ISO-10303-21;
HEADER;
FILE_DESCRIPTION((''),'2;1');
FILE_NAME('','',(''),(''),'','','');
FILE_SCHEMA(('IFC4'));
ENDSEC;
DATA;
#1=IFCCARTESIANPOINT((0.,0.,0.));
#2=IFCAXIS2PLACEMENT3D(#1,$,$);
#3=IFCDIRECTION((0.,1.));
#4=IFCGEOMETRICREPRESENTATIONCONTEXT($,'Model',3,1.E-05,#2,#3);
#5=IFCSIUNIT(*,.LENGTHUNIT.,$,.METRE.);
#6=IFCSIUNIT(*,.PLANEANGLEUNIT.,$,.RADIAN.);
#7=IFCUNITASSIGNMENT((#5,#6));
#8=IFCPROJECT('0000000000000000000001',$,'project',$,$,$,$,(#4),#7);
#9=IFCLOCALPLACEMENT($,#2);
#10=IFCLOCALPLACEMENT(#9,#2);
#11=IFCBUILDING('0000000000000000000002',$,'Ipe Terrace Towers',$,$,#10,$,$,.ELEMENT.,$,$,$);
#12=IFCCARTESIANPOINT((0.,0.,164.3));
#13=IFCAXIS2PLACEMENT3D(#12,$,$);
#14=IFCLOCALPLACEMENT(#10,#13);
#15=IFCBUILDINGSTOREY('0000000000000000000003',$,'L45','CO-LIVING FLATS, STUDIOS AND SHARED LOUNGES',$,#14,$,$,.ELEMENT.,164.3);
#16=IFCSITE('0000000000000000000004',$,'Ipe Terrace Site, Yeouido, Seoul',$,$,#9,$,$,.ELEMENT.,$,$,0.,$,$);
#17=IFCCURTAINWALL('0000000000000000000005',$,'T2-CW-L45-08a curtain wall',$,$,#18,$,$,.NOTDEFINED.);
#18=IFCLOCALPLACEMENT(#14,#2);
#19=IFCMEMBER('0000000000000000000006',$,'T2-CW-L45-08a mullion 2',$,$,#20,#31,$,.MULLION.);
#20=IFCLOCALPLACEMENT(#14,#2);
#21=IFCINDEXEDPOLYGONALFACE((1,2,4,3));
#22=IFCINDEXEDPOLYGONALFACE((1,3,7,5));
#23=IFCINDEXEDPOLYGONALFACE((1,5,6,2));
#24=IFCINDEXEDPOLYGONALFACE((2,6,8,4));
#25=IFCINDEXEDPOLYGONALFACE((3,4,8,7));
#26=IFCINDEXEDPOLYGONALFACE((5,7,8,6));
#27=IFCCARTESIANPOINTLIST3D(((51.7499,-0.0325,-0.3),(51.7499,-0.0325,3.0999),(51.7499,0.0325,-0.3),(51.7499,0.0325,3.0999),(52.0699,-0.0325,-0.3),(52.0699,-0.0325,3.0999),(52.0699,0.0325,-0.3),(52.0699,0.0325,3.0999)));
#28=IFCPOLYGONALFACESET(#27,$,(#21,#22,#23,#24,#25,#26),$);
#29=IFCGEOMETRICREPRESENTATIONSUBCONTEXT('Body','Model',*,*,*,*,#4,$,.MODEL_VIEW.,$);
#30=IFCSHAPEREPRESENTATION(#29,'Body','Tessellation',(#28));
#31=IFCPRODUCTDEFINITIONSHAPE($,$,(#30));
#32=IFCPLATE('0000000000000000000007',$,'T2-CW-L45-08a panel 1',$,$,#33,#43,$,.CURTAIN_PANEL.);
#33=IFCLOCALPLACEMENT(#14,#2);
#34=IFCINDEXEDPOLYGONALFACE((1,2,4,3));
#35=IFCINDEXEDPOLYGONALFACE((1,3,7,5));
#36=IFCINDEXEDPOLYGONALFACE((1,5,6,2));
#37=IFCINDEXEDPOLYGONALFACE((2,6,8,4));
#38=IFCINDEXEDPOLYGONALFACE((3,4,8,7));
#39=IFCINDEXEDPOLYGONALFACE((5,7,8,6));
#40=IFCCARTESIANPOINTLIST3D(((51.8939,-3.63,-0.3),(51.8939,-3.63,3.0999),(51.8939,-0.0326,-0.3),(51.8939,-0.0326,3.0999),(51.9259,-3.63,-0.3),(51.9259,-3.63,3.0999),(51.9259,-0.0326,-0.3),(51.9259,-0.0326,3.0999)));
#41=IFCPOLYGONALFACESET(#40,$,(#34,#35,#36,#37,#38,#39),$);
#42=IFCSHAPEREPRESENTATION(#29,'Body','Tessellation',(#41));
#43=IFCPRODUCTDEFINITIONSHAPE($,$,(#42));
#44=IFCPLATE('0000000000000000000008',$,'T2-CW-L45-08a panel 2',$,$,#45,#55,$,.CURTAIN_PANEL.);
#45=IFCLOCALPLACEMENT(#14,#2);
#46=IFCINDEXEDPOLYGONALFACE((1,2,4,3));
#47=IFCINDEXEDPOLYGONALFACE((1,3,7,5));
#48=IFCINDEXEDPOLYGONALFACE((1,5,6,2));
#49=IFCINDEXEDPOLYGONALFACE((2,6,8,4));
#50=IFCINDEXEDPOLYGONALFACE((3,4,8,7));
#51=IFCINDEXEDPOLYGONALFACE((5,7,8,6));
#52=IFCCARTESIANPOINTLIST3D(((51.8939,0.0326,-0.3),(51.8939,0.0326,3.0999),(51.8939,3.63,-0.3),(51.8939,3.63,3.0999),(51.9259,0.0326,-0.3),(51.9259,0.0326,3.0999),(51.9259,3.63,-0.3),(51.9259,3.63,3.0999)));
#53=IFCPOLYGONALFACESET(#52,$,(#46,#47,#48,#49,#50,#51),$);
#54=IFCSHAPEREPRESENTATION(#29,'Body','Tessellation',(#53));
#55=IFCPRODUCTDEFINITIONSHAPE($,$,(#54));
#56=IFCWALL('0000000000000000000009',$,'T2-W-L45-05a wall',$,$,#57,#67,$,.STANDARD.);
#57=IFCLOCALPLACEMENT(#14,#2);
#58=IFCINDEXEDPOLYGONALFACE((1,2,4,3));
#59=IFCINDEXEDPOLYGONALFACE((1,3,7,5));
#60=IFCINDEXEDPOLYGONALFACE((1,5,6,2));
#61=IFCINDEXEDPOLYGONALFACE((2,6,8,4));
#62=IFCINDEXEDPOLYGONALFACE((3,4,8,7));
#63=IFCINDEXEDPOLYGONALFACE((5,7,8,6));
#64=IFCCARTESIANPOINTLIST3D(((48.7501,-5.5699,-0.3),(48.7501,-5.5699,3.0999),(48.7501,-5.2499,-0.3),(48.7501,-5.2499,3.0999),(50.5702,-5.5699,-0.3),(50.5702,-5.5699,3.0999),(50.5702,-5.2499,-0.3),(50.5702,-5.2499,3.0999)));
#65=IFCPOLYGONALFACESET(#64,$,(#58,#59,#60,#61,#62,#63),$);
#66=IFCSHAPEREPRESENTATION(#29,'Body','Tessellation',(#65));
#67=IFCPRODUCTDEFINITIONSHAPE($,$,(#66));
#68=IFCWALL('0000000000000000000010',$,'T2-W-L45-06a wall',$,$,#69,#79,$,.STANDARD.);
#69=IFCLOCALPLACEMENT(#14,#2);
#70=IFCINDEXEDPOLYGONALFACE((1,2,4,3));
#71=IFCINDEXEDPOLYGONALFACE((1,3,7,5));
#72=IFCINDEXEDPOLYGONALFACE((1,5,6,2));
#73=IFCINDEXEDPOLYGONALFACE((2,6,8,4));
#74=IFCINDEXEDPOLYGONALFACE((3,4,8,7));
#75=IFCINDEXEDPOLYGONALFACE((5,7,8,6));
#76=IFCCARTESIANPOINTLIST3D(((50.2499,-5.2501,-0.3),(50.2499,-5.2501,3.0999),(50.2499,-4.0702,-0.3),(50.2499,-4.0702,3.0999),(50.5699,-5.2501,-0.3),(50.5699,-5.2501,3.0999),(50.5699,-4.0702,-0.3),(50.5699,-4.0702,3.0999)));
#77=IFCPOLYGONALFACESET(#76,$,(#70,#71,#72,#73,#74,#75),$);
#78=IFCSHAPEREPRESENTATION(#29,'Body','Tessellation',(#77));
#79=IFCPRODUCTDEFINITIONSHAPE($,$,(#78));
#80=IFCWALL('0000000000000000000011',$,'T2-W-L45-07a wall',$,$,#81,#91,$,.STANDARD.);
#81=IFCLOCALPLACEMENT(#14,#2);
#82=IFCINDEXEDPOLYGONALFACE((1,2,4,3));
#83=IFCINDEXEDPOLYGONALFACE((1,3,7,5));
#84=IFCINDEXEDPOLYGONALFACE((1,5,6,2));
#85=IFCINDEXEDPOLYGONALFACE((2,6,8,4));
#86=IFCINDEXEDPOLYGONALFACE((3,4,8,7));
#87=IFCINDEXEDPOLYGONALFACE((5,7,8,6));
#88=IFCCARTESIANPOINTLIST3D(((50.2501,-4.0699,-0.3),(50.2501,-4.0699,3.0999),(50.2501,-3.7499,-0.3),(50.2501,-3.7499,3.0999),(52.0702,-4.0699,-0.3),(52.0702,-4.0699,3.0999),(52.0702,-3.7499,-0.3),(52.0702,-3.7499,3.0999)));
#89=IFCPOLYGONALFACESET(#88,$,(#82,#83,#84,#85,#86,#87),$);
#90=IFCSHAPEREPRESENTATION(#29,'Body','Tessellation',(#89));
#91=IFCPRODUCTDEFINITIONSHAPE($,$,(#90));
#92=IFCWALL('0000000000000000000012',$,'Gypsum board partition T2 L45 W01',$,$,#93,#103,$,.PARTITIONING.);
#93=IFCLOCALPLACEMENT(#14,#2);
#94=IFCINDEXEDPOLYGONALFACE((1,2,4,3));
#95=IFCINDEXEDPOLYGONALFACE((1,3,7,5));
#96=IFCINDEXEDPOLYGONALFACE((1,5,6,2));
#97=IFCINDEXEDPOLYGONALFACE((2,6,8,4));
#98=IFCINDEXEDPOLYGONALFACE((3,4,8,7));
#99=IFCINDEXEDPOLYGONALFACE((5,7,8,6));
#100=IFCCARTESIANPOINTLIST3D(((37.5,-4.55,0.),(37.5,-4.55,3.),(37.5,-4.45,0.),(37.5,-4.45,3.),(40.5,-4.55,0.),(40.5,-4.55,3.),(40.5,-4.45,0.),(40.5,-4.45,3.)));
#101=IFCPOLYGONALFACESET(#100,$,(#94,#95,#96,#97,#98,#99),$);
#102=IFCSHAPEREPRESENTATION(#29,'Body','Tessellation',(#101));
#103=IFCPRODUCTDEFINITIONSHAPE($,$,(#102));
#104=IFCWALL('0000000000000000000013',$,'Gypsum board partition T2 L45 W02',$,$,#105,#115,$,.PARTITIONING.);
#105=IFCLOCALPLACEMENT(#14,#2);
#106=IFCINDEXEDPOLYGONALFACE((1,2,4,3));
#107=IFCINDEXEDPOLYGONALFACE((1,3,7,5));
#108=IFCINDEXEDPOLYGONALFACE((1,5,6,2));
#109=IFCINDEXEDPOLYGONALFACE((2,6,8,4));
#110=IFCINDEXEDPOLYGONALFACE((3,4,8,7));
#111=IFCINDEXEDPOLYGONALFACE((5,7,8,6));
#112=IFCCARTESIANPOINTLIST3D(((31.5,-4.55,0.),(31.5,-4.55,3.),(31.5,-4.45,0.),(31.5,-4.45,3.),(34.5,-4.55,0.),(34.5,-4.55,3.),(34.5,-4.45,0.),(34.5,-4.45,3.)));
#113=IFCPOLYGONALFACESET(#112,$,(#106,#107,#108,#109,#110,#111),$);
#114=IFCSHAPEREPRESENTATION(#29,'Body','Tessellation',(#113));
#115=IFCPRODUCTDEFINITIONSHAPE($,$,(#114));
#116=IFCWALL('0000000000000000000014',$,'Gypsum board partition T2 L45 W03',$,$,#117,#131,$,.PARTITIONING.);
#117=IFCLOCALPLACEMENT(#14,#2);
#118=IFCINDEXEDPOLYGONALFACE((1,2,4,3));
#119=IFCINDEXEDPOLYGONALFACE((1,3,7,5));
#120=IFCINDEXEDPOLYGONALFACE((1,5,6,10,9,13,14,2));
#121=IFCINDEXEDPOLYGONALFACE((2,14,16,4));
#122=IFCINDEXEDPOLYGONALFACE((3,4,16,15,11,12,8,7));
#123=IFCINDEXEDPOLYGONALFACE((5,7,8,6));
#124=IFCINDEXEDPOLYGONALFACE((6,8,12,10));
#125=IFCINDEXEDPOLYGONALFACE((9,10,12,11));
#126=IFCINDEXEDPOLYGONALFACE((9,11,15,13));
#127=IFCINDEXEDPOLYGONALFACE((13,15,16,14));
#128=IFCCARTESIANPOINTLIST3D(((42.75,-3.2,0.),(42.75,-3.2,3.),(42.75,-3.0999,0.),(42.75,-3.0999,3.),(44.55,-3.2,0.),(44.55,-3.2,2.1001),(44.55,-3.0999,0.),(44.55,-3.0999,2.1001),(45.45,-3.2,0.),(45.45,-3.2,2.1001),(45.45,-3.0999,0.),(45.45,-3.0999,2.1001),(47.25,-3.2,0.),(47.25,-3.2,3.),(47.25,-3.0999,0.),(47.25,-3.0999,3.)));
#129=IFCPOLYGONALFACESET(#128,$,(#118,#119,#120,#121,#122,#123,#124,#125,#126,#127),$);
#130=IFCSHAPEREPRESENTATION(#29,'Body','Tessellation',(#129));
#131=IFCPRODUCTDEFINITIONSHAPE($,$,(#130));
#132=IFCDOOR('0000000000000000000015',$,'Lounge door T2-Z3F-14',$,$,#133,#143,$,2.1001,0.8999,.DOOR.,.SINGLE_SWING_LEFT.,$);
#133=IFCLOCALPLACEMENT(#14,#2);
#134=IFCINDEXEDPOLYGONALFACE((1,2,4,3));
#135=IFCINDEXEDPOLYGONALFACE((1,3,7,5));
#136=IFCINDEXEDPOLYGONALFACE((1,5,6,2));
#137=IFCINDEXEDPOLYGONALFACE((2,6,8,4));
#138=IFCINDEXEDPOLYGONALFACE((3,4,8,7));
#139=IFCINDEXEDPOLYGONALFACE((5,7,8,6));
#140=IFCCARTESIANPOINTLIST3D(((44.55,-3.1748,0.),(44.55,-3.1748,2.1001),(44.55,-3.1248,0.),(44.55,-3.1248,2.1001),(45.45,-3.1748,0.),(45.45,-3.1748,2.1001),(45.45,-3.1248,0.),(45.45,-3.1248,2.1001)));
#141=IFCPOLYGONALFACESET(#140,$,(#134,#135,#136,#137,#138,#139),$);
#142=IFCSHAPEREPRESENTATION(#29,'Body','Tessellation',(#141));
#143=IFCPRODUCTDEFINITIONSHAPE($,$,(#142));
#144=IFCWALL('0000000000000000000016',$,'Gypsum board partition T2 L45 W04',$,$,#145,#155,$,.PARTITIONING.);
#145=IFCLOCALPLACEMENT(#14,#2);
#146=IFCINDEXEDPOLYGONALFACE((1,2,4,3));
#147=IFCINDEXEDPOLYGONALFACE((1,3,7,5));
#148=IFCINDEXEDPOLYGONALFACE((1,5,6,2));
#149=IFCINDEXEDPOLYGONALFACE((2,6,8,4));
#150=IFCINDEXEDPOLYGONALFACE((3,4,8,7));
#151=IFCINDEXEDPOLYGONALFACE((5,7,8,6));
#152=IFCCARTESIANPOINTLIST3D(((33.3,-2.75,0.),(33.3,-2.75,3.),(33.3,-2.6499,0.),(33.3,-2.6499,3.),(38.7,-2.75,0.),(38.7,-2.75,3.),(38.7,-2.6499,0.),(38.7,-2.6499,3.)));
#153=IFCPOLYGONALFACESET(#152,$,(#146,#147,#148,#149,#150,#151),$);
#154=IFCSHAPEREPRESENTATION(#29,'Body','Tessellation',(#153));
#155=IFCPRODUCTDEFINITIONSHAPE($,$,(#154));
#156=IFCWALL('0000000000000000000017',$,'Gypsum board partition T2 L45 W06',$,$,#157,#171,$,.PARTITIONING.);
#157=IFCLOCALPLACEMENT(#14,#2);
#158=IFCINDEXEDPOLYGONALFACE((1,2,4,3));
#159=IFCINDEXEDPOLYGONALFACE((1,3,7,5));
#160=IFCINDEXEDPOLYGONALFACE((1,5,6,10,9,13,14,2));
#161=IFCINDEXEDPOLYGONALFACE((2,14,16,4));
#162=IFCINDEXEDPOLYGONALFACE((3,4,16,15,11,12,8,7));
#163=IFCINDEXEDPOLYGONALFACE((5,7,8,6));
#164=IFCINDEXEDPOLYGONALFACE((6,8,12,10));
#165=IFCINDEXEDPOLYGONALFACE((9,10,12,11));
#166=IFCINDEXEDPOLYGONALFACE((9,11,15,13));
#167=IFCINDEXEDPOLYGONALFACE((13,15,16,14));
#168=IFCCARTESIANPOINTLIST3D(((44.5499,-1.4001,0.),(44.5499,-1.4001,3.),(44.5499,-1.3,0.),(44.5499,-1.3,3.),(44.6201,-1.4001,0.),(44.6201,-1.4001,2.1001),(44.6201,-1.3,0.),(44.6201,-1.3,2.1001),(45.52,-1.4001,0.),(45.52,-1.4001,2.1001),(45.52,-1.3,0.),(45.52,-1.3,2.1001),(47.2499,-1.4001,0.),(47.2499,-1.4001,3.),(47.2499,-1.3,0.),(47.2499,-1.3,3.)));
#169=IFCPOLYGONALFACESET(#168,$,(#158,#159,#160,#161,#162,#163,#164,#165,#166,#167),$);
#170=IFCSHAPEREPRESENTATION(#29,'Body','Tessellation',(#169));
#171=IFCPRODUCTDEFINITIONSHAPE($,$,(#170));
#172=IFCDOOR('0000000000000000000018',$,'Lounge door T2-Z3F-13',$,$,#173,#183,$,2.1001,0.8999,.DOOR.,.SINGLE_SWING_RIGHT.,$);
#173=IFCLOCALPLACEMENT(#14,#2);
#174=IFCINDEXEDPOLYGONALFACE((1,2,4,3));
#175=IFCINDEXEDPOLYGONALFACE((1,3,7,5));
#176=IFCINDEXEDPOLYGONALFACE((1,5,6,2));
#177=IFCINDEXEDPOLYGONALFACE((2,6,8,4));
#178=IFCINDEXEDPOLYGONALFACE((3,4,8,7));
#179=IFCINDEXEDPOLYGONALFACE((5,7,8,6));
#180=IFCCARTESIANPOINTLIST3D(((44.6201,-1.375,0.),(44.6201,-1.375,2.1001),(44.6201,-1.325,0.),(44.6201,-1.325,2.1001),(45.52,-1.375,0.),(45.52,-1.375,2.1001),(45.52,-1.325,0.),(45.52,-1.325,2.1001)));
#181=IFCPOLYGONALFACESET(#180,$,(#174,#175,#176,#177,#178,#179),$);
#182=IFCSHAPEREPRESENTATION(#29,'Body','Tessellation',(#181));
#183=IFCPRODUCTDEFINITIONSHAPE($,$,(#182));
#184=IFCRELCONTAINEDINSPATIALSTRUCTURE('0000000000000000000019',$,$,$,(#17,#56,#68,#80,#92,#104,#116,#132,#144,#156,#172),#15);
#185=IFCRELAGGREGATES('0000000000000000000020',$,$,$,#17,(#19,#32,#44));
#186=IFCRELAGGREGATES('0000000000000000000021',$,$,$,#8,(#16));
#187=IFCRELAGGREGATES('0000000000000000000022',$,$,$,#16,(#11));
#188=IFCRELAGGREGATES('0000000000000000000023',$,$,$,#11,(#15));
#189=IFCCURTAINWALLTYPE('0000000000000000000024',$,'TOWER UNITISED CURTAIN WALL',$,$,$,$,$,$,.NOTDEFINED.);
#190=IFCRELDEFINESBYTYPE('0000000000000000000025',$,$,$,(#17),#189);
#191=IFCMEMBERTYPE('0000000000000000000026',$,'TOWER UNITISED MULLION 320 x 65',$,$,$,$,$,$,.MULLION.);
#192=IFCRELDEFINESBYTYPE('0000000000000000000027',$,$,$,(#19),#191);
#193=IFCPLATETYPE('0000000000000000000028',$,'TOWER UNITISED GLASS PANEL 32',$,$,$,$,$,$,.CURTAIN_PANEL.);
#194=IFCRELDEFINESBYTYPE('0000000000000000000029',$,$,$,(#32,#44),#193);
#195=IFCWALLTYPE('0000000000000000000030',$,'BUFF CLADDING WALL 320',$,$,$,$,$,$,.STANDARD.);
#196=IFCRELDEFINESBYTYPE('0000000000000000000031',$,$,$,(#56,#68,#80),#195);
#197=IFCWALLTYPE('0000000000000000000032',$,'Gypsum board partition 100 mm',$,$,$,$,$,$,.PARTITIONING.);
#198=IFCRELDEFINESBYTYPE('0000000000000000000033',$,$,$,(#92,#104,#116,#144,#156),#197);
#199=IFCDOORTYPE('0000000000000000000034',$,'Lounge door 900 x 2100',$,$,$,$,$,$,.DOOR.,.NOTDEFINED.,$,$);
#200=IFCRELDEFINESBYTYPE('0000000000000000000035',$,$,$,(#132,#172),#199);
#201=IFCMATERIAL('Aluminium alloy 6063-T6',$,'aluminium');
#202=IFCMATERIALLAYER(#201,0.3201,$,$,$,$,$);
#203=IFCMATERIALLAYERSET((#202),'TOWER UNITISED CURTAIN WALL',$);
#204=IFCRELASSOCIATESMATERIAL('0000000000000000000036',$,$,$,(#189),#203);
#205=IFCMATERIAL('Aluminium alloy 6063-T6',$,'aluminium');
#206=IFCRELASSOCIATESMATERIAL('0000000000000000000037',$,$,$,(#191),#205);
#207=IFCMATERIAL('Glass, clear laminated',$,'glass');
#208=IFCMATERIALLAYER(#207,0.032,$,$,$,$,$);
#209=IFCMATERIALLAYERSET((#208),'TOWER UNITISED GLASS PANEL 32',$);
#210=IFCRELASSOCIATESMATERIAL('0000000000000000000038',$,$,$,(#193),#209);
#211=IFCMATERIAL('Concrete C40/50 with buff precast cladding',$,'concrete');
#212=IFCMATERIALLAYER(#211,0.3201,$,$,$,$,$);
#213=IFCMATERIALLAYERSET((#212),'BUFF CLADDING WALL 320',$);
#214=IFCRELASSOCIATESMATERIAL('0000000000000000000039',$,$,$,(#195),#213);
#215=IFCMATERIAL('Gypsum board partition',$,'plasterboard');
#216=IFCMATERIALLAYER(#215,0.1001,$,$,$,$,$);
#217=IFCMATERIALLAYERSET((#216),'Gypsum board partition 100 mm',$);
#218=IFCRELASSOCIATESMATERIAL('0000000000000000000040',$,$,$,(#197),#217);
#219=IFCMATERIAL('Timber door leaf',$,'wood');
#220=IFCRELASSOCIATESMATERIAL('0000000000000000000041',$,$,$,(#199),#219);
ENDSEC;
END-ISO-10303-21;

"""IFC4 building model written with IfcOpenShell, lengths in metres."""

from ifc_helpers import new_model, si_unit, direction, frame, frame_2d, origin, origin_2d, place, context, subcontext, project, spatial, rectangle, extrude, material, layer, layer_set, material_profile, profile_set, type_object, element, fill, aggregate, save


model = new_model("IFC4")

# Units and contexts
model_context = context("Model", 3, precision=1e-05, world=origin(), true_north=direction((0.0, 1.0)))
body_context = subcontext(model_context, "Body", "Model", "MODEL_VIEW")
ifc_project = project(units=[si_unit("LENGTHUNIT", "METRE"), si_unit("PLANEANGLEUNIT", "RADIAN")], contexts=[model_context])

# Site, building, storey
site_placement = place(None, origin())
site = spatial("IfcSite", under=ifc_project, at=site_placement, Name="Ipe Terrace Site, Yeouido, Seoul", CompositionType="ELEMENT", RefElevation=0.0)
building_placement = place(site_placement, origin())
building = spatial("IfcBuilding", under=site, at=building_placement, Name="Ipe Terrace Towers", CompositionType="ELEMENT")
storey_placement = place(building_placement, frame((0.0, 0.0, 164.3)))
storey = spatial("IfcBuildingStorey", under=building, at=storey_placement, Name="L45", Description="CO-LIVING FLATS, STUDIOS AND SHARED LOUNGES", CompositionType="ELEMENT", Elevation=164.3)

# Curtain wall, member, plates
ifc_material_1 = material(Name="Aluminium alloy 6063-T6", Category="aluminium")
ifc_layer_1 = layer(ifc_material_1, 0.3201)
ifc_layer_set_1 = layer_set([ifc_layer_1], Name="TOWER UNITISED CURTAIN WALL")
curtain_wall_type = type_object("IfcCurtainWallType", Name="TOWER UNITISED CURTAIN WALL", PredefinedType="NOTDEFINED", material=ifc_layer_set_1)
curtain_wall_placement = place(storey_placement, origin())
curtain_wall = element("IfcCurtainWall", 1, at=curtain_wall_placement, inside=storey, type_object=curtain_wall_type, Name="T2-CW-L45-08a curtain wall", PredefinedType="NOTDEFINED")
ifc_material_2 = material(Name="Aluminium alloy 6063-T6", Category="aluminium")
ifc_material_profile_1 = material_profile(ifc_material_2, rectangle(XDim=0.3201, YDim=0.0649, at=origin_2d()), Name="TOWER UNITISED MULLION 320 x 65")
ifc_profile_set_1 = profile_set([ifc_material_profile_1], Name="Aluminium alloy 6063-T6")
member_type_1 = type_object("IfcMemberType", Name="TOWER UNITISED MULLION 320 x 65", PredefinedType="MULLION", material=ifc_profile_set_1)
member_1_placement = place(storey_placement, frame((51.9099, 0.0, -0.3), z_axis=(0.0, 0.0, 1.0), x_axis=(1.0, 0.0, 0.0)))
member_1 = element("IfcMember", 2, at=member_1_placement, type_object=member_type_1, Name="T2-CW-L45-08a mullion 2", PredefinedType="MULLION", context=body_context, shape_type="SweptSolid", body=[
    extrude(rectangle(XDim=0.3201, YDim=0.0649, at=origin_2d()), origin(), (0.0, 0.0, 1.0), 3.3999),
])
ifc_material_3 = material(Name="Glass, clear laminated", Category="glass")
ifc_layer_2 = layer(ifc_material_3, 0.032)
ifc_layer_set_2 = layer_set([ifc_layer_2], Name="TOWER UNITISED GLASS PANEL 32")
plate_type = type_object("IfcPlateType", Name="TOWER UNITISED GLASS PANEL 32", PredefinedType="CURTAIN_PANEL", material=ifc_layer_set_2)
plate_1_placement = place(storey_placement, frame((51.9099, -1.8313, -0.3), z_axis=(0.0, 0.0, 1.0), x_axis=(0.0, 1.0, 0.0)))
plate_1 = element("IfcPlate", 3, at=plate_1_placement, type_object=plate_type, Name="T2-CW-L45-08a panel 1", PredefinedType="CURTAIN_PANEL", context=body_context, shape_type="SweptSolid", body=[
    extrude(rectangle(XDim=3.5974, YDim=0.032, at=origin_2d()), origin(), (0.0, 0.0, 1.0), 3.3999),
])
plate_2_placement = place(storey_placement, frame((51.9099, 1.8313, -0.3), z_axis=(0.0, 0.0, 1.0), x_axis=(0.0, 1.0, 0.0)))
plate_2 = element("IfcPlate", 4, at=plate_2_placement, type_object=plate_type, Name="T2-CW-L45-08a panel 2", PredefinedType="CURTAIN_PANEL", context=body_context, shape_type="SweptSolid", body=[
    extrude(rectangle(XDim=3.5974, YDim=0.032, at=origin_2d()), origin(), (0.0, 0.0, 1.0), 3.3999),
])
aggregate(curtain_wall, [member_1, plate_1, plate_2])

# Walls
ifc_material_4 = material(Name="Concrete C40/50 with buff precast cladding", Category="concrete")
ifc_layer_3 = layer(ifc_material_4, 0.3201)
ifc_layer_set_3 = layer_set([ifc_layer_3], Name="BUFF CLADDING WALL 320")
wall_type_1 = type_object("IfcWallType", Name="BUFF CLADDING WALL 320", PredefinedType="STANDARD", material=ifc_layer_set_3)
wall_1_placement = place(storey_placement, frame((48.75, -5.4099, -0.3), z_axis=(0.0, 0.0, 1.0), x_axis=(1.0, 0.0, 0.0)))
element("IfcWall", 5, at=wall_1_placement, inside=storey, type_object=wall_type_1, Name="T2-W-L45-05a wall", PredefinedType="STANDARD", context=body_context, shape_type="SweptSolid", body=[
    extrude(rectangle(XDim=1.8201, YDim=0.3201, at=frame_2d((0.9102, 0.0))), origin(), (0.0, 0.0, 1.0), 3.3999),
])
wall_2_placement = place(storey_placement, frame((50.4099, -5.25, -0.3), z_axis=(0.0, 0.0, 1.0), x_axis=(0.0, 1.0, 0.0)))
element("IfcWall", 6, at=wall_2_placement, inside=storey, type_object=wall_type_1, Name="T2-W-L45-06a wall", PredefinedType="STANDARD", context=body_context, shape_type="SweptSolid", body=[
    extrude(rectangle(XDim=1.1799, YDim=0.3201, at=frame_2d((0.5898, 0.0))), origin(), (0.0, 0.0, 1.0), 3.3999),
])
wall_3_placement = place(storey_placement, frame((50.25, -3.9099, -0.3), z_axis=(0.0, 0.0, 1.0), x_axis=(1.0, 0.0, 0.0)))
element("IfcWall", 7, at=wall_3_placement, inside=storey, type_object=wall_type_1, Name="T2-W-L45-07a wall", PredefinedType="STANDARD", context=body_context, shape_type="SweptSolid", body=[
    extrude(rectangle(XDim=1.8201, YDim=0.3201, at=frame_2d((0.9102, 0.0))), origin(), (0.0, 0.0, 1.0), 3.3999),
])
ifc_material_5 = material(Name="Gypsum board partition", Category="plasterboard")
ifc_layer_4 = layer(ifc_material_5, 0.1001)
ifc_layer_set_4 = layer_set([ifc_layer_4], Name="Gypsum board partition 100 mm")
wall_type_2 = type_object("IfcWallType", Name="Gypsum board partition 100 mm", PredefinedType="PARTITIONING", material=ifc_layer_set_4)
for number, where, z_axis, x_axis, name in (
    (8, (40.5, -4.5, 0.0), (0.0, 0.0, 1.0), (-1.0, 0.0, 0.0), "Gypsum board partition T2 L45 W01"),
    (9, (34.5, -4.5, 0.0), (0.0, 0.0, 1.0), (-1.0, 0.0, 0.0), "Gypsum board partition T2 L45 W02"),
):
    element("IfcWall", number, at=place(storey_placement, frame(where, z_axis=z_axis, x_axis=x_axis)), inside=storey, type_object=wall_type_2, Name=name, PredefinedType="PARTITIONING", context=body_context, shape_type="SweptSolid", body=[
        extrude(rectangle(XDim=3.0, YDim=0.1001, at=frame_2d((1.5, 0.0))), origin(), (0.0, 0.0, 1.0), 3.0),
    ])

# Wall, opening, door
wall_4_placement = place(storey_placement, frame((47.25, -3.1499, 0.0), z_axis=(0.0, 0.0, 1.0), x_axis=(-1.0, 0.0, 0.0)))
wall_4 = element("IfcWall", 10, at=wall_4_placement, inside=storey, type_object=wall_type_2, Name="Gypsum board partition T2 L45 W03", PredefinedType="PARTITIONING", context=body_context, shape_type="SweptSolid", body=[
    extrude(rectangle(XDim=4.5, YDim=0.1001, at=frame_2d((2.25, 0.0))), origin(), (0.0, 0.0, 1.0), 3.0),
])
opening_1_placement = place(wall_4_placement, frame((1.8, 0.0, 0.0)))
opening_1 = element("IfcOpeningElement", 11, at=opening_1_placement, cuts=wall_4, PredefinedType="OPENING", context=body_context, shape_type="SweptSolid", body=[
    extrude(rectangle(XDim=0.8999, YDim=2.1001, at=frame_2d((0.45, 1.05))), frame((0.0, 0.0601, 0.0), z_axis=(0.0, -1.0, 0.0), x_axis=(1.0, 0.0, 0.0)), (0.0, 0.0, 1.0), 0.1201),
])
ifc_material_6 = material(Name="Timber door leaf", Category="wood")
door_type = type_object("IfcDoorType", Name="Lounge door 900 x 2100", OperationType="NOTDEFINED", PredefinedType="DOOR", material=ifc_material_6)
door_1_placement = place(opening_1_placement, origin())
door_1 = element("IfcDoor", 12, at=door_1_placement, inside=storey, type_object=door_type, Name="Lounge door T2-Z3F-14", OperationType="SINGLE_SWING_LEFT", OverallHeight=2.1001, OverallWidth=0.8999, PredefinedType="DOOR", context=body_context, shape_type="SweptSolid", body=[
    extrude(rectangle(XDim=0.8999, YDim=2.1001, at=frame_2d((0.45, 1.05))), frame((0.0, 0.0249, 0.0), z_axis=(0.0, -1.0, 0.0), x_axis=(1.0, 0.0, 0.0)), (0.0, 0.0, 1.0), 0.05),
])
fill(opening_1, door_1)

# Wall
wall_5_placement = place(storey_placement, frame((38.7, -2.7, 0.0), z_axis=(0.0, 0.0, 1.0), x_axis=(-1.0, 0.0, 0.0)))
element("IfcWall", 13, at=wall_5_placement, inside=storey, type_object=wall_type_2, Name="Gypsum board partition T2 L45 W04", PredefinedType="PARTITIONING", context=body_context, shape_type="SweptSolid", body=[
    extrude(rectangle(XDim=5.3999, YDim=0.1001, at=frame_2d((2.7, 0.0))), origin(), (0.0, 0.0, 1.0), 3.0),
])

# Wall, opening, door
wall_6_placement = place(storey_placement, frame((47.25, -1.3501, 0.0), z_axis=(0.0, 0.0, 1.0), x_axis=(-1.0, 0.0, 0.0)))
wall_6 = element("IfcWall", 14, at=wall_6_placement, inside=storey, type_object=wall_type_2, Name="Gypsum board partition T2 L45 W06", PredefinedType="PARTITIONING", context=body_context, shape_type="SweptSolid", body=[
    extrude(rectangle(XDim=2.7, YDim=0.1001, at=frame_2d((1.3501, 0.0))), origin(), (0.0, 0.0, 1.0), 3.0),
])
opening_2_placement = place(wall_6_placement, frame((1.73, 0.0, 0.0)))
opening_2 = element("IfcOpeningElement", 15, at=opening_2_placement, cuts=wall_6, PredefinedType="OPENING", context=body_context, shape_type="SweptSolid", body=[
    extrude(rectangle(XDim=0.8999, YDim=2.1001, at=frame_2d((0.45, 1.05))), frame((0.0, 0.0601, 0.0), z_axis=(0.0, -1.0, 0.0), x_axis=(1.0, 0.0, 0.0)), (0.0, 0.0, 1.0), 0.1201),
])
door_2_placement = place(opening_2_placement, origin())
door_2 = element("IfcDoor", 16, at=door_2_placement, inside=storey, type_object=door_type, Name="Lounge door T2-Z3F-13", OperationType="SINGLE_SWING_RIGHT", OverallHeight=2.1001, OverallWidth=0.8999, PredefinedType="DOOR", context=body_context, shape_type="SweptSolid", body=[
    extrude(rectangle(XDim=0.8999, YDim=2.1001, at=frame_2d((0.45, 1.05))), frame((0.0, 0.0249, 0.0), z_axis=(0.0, -1.0, 0.0), x_axis=(1.0, 0.0, 0.0)), (0.0, 0.0, 1.0), 0.05),
])
fill(opening_2, door_2)

save(model, "model.ifc")
